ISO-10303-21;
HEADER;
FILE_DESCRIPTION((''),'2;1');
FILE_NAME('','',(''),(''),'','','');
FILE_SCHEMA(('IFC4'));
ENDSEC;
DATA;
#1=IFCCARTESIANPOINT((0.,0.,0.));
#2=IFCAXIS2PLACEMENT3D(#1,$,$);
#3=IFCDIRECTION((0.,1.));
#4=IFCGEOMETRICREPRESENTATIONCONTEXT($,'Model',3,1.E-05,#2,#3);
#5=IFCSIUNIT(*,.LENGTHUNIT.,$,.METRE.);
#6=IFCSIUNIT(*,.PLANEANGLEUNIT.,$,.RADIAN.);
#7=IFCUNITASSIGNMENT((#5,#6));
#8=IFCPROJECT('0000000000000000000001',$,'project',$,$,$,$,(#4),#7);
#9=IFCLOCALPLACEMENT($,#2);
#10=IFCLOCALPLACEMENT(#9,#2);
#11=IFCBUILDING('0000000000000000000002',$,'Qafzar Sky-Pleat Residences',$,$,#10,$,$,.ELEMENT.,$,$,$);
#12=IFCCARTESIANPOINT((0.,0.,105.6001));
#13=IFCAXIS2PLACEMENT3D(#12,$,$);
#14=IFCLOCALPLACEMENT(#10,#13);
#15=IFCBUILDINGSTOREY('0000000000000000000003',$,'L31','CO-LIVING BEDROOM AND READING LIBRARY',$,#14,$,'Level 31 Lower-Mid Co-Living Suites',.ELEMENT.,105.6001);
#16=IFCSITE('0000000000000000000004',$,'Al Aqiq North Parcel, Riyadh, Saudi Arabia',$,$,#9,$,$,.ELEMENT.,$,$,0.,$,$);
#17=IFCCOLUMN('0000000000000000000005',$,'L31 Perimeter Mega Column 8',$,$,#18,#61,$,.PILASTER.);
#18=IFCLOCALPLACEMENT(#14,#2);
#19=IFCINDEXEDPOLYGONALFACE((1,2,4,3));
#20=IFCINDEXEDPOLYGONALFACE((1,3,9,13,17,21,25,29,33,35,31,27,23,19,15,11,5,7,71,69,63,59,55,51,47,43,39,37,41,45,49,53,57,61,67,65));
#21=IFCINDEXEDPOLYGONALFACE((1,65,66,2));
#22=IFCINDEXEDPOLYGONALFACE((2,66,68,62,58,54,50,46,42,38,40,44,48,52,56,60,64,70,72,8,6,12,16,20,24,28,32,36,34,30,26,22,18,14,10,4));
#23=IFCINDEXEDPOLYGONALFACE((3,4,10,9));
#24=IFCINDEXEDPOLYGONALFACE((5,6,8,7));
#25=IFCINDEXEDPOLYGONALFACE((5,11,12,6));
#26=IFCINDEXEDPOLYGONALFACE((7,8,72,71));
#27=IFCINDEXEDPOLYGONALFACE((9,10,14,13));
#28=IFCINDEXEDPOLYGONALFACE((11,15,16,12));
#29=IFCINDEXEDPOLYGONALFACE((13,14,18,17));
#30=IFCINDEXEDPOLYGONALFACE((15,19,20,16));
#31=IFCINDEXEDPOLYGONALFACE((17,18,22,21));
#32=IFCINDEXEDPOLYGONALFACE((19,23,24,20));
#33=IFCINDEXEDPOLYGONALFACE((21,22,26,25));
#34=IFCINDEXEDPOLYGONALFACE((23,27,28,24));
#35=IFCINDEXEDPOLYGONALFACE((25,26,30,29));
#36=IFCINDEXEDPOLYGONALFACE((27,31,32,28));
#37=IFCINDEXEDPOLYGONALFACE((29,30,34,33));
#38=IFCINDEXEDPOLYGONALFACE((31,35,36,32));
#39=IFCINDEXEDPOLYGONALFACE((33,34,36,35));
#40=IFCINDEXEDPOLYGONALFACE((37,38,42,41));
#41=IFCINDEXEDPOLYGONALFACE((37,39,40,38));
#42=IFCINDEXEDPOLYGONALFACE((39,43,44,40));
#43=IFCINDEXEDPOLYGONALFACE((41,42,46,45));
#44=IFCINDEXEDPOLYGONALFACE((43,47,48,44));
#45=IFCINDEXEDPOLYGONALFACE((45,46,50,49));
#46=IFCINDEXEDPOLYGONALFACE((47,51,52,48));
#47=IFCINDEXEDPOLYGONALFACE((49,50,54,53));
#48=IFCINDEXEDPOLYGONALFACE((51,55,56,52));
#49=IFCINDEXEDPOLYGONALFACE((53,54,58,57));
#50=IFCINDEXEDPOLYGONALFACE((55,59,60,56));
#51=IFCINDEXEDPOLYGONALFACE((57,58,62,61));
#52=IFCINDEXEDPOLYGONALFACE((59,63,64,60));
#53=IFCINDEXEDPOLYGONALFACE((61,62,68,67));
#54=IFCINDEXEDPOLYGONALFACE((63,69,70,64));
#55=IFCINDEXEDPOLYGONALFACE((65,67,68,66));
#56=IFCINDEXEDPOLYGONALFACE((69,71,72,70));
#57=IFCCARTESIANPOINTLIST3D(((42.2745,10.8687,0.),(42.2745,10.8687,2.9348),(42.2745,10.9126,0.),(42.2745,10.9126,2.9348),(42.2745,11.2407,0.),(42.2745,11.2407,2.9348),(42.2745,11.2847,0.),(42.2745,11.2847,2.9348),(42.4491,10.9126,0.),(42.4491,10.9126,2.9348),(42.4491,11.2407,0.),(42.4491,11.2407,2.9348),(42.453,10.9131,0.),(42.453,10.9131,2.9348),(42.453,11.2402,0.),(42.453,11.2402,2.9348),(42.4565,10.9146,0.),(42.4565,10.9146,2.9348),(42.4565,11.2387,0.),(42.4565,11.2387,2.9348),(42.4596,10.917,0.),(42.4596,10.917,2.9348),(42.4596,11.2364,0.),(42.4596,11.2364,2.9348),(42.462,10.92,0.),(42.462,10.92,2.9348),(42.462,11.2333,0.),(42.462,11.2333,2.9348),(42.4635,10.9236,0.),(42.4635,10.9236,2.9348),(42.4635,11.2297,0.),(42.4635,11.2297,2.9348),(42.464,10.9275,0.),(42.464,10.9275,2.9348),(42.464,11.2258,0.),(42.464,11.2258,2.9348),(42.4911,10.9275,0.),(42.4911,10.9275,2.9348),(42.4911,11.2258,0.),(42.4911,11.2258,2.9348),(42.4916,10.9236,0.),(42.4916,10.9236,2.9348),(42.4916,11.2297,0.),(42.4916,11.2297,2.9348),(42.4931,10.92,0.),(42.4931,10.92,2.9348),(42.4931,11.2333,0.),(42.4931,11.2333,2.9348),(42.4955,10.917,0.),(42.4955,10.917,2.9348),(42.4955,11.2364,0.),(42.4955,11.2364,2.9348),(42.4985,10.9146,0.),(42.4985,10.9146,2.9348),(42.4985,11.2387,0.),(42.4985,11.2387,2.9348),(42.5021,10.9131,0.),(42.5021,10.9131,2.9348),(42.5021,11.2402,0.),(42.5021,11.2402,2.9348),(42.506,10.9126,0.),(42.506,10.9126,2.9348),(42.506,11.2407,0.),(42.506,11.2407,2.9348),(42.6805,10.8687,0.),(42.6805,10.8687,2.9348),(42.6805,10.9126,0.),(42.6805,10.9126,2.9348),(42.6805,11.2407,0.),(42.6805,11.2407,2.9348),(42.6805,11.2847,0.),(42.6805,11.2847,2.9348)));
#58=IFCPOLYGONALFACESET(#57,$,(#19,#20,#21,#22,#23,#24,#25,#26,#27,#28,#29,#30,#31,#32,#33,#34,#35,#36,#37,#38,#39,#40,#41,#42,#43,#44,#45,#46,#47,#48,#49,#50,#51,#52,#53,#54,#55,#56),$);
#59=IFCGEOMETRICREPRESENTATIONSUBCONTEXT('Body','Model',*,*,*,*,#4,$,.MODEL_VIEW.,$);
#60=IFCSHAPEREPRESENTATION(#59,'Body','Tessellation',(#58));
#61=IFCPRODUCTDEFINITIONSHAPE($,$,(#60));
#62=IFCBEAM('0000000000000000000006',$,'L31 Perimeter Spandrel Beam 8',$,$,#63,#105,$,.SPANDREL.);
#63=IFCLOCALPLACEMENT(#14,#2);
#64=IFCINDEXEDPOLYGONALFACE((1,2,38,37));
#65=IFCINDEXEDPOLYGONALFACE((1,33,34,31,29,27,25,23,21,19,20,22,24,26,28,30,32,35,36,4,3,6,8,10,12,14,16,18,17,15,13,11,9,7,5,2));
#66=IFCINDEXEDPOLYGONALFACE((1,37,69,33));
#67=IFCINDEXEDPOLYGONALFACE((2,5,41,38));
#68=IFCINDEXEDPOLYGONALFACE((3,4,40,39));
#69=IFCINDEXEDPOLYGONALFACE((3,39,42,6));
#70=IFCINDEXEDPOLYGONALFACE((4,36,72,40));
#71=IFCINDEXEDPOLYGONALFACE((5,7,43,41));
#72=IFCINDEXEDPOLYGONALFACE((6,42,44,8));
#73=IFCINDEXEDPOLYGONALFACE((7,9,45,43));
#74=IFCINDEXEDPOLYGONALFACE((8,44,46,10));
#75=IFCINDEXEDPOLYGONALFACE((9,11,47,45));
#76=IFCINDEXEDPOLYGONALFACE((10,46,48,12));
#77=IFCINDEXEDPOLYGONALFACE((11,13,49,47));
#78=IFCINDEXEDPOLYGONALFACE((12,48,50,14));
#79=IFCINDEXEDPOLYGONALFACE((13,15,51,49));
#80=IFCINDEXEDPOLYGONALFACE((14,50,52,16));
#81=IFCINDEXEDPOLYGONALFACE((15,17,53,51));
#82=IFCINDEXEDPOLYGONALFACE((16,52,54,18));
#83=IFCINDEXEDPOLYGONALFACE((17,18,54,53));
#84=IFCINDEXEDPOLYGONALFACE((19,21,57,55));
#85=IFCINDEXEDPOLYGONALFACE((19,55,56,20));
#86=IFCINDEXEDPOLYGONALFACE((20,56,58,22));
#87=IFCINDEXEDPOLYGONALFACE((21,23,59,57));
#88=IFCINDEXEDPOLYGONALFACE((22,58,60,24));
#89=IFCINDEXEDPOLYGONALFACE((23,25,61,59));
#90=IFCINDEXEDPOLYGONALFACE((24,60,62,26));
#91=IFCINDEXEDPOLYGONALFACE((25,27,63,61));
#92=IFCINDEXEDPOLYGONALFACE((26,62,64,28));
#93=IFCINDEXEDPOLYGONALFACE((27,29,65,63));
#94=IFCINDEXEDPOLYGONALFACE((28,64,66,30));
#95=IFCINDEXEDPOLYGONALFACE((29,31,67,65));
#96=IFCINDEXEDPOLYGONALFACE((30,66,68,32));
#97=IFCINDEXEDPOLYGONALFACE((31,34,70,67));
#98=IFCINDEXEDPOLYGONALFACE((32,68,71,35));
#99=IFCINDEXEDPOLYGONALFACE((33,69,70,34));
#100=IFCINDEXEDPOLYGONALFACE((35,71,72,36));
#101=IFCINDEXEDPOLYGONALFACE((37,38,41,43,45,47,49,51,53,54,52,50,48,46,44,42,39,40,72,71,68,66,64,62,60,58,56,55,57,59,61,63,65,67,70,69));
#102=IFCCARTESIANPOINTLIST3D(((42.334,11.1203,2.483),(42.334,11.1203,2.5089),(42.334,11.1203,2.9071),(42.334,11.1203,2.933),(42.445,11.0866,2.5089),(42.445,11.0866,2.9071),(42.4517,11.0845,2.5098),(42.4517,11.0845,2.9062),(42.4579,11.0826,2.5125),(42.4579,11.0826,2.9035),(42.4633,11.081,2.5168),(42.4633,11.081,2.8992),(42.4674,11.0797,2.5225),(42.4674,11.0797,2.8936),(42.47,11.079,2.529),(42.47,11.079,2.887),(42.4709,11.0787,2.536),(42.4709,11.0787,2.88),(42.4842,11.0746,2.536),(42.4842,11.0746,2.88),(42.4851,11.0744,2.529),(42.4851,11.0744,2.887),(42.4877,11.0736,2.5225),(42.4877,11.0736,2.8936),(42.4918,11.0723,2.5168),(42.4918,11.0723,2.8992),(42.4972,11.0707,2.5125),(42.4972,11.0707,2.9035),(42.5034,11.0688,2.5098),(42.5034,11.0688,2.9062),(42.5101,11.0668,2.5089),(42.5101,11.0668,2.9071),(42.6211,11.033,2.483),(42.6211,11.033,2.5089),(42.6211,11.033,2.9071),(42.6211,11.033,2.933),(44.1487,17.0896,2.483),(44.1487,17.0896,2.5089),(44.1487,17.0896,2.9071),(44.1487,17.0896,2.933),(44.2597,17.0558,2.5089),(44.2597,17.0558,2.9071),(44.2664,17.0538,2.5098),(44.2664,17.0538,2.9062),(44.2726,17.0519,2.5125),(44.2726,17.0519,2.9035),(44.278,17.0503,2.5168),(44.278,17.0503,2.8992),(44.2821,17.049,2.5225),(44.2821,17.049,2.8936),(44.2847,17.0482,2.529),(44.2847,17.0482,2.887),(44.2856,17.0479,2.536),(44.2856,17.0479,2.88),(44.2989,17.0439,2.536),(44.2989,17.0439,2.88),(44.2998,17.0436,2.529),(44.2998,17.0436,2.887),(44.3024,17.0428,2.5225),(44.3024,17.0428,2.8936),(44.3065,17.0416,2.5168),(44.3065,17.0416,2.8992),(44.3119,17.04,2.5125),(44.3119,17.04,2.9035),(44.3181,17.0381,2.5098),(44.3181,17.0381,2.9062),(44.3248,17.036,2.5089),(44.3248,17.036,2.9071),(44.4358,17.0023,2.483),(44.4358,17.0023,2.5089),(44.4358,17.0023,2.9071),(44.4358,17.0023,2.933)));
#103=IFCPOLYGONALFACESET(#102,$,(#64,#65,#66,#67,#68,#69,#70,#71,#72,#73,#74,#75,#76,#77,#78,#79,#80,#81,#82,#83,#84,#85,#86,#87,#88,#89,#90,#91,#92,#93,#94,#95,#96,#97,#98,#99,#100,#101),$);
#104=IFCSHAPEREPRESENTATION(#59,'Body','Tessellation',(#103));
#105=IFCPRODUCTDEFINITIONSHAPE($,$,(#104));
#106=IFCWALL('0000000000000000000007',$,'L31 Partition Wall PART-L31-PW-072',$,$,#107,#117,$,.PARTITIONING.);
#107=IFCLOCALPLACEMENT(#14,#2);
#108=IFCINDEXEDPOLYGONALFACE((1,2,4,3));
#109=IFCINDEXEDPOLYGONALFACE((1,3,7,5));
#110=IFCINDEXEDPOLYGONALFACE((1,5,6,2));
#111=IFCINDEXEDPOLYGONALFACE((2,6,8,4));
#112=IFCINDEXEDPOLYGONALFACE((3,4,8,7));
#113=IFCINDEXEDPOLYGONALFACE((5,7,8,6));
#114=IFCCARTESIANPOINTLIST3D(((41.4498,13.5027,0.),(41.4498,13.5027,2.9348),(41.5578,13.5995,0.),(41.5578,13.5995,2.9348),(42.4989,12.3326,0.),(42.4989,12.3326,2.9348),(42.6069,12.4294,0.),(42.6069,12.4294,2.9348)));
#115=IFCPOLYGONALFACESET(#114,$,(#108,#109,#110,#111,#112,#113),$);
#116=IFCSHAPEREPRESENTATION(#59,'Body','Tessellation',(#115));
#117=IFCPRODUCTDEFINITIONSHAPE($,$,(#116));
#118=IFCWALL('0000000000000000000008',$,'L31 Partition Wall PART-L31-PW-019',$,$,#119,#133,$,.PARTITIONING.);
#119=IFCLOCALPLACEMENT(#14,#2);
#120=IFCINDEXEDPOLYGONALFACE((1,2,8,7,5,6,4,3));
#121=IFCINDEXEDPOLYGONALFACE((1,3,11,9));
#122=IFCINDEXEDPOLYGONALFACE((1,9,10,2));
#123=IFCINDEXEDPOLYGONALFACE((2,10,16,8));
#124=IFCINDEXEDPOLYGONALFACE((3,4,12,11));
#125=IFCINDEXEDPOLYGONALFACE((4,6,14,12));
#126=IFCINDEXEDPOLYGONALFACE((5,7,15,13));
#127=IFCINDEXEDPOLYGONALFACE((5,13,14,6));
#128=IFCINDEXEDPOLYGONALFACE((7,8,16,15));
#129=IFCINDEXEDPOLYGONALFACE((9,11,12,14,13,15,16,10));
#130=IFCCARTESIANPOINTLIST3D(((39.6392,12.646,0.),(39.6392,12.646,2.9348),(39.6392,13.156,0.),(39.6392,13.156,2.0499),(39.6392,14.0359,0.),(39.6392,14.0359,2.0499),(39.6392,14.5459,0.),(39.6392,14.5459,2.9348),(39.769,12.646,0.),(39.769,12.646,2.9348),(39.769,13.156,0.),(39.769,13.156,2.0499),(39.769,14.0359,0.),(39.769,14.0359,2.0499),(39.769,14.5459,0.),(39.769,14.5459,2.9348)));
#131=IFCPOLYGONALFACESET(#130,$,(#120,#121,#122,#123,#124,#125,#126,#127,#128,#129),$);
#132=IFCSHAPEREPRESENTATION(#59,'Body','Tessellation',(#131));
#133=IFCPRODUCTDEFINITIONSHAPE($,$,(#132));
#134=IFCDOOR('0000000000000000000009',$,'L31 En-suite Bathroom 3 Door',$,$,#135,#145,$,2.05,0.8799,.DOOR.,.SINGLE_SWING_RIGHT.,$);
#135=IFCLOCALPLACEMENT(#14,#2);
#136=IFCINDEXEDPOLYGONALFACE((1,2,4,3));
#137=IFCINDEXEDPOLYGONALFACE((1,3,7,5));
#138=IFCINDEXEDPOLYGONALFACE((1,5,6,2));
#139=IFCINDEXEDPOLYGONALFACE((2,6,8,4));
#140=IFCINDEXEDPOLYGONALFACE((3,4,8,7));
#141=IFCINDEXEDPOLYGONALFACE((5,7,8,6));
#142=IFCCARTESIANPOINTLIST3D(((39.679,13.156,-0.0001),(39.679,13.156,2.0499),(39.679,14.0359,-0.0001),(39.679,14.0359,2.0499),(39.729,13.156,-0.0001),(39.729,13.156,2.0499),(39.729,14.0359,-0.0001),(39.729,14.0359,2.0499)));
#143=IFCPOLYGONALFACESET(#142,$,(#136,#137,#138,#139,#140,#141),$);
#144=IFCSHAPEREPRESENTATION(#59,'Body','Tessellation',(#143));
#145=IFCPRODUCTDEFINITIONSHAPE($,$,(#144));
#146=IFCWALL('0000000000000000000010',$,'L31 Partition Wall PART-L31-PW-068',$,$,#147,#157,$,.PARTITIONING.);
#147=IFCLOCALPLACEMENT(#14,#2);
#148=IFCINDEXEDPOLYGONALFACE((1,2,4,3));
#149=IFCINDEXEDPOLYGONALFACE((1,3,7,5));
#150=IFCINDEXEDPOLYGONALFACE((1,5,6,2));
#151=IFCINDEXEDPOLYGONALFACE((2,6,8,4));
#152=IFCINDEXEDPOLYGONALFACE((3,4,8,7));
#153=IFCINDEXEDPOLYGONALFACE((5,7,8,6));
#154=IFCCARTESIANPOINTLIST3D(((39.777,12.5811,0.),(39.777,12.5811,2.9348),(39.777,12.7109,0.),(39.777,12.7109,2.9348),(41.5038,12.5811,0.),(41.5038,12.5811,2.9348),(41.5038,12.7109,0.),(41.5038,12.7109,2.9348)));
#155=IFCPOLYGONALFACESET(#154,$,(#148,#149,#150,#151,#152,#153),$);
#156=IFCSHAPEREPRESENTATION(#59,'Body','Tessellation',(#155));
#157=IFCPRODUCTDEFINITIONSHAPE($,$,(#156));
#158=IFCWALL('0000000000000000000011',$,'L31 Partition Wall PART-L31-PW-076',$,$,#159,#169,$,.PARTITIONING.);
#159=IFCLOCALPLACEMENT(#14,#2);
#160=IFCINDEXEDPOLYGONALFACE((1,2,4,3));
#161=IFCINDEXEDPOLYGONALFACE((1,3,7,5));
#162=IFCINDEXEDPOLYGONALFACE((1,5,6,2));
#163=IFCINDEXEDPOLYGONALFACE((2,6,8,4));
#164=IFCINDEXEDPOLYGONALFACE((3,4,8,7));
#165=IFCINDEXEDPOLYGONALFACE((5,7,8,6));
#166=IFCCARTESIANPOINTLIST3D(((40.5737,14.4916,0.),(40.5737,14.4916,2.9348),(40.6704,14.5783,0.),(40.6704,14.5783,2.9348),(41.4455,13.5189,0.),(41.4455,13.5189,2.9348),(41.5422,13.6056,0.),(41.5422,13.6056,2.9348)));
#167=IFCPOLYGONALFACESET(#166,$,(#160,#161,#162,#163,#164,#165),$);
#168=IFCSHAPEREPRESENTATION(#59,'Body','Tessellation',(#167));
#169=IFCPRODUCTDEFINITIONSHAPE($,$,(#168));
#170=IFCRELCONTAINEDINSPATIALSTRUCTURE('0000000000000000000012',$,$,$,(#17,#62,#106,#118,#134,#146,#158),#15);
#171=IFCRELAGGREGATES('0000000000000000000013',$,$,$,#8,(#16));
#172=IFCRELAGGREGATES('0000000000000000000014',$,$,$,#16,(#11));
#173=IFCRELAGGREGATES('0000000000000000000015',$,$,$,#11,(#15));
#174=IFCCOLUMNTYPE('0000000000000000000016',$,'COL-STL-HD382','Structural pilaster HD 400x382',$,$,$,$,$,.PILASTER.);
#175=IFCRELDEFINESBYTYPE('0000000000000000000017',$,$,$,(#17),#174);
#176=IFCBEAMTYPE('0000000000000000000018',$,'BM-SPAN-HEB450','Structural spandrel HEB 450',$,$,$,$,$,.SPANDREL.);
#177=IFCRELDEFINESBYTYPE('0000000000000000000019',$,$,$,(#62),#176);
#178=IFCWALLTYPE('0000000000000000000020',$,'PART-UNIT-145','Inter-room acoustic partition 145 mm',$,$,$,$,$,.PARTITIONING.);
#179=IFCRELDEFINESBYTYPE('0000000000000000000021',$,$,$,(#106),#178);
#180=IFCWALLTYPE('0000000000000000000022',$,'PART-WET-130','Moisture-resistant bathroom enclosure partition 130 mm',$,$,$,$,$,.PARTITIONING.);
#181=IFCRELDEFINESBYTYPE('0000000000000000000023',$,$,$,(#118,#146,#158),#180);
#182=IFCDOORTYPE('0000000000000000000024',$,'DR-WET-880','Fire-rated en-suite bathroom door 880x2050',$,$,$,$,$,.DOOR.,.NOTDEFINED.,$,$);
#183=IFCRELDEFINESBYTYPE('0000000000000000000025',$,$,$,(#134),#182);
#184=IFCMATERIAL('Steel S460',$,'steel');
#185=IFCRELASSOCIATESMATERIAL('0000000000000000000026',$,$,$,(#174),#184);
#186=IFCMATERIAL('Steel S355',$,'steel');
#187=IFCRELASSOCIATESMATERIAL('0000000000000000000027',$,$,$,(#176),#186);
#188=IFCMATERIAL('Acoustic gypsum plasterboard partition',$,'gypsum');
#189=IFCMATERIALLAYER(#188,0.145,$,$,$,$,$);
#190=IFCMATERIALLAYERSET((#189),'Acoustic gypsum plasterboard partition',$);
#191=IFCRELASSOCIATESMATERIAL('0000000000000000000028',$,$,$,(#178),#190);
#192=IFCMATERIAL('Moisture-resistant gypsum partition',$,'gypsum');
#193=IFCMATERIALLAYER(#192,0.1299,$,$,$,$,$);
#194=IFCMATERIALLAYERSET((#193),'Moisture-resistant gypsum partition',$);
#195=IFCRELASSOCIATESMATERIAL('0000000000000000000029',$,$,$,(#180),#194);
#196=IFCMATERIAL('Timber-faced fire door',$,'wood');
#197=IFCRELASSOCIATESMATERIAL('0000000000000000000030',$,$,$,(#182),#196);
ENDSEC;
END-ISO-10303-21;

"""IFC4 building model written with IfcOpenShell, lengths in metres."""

from ifc_helpers import new_model, si_unit, direction, frame, frame_2d, origin, origin_2d, place, context, subcontext, project, spatial, rectangle, i_section, extrude, source, transform, mapped, material, layer, layer_set, material_profile, profile_set, type_object, element, fill, save


model = new_model("IFC4")

# Units and contexts
model_context = context("Model", 3, precision=1e-05, world=origin(), true_north=direction((0.0, 1.0)))
body_context = subcontext(model_context, "Body", "Model", "MODEL_VIEW")
ifc_project = project(units=[si_unit("LENGTHUNIT", "METRE"), si_unit("PLANEANGLEUNIT", "RADIAN")], contexts=[model_context])

# Site, building, storey
site_placement = place(None, origin())
site = spatial("IfcSite", under=ifc_project, at=site_placement, Name="Al Aqiq North Parcel, Riyadh, Saudi Arabia", CompositionType="ELEMENT", RefElevation=0.0)
building_placement = place(site_placement, origin())
building = spatial("IfcBuilding", under=site, at=building_placement, Name="Qafzar Sky-Pleat Residences", CompositionType="ELEMENT")
storey_placement = place(building_placement, frame((0.0, 0.0, 105.6001)))
storey = spatial("IfcBuildingStorey", under=building, at=storey_placement, Name="L31", Description="CO-LIVING BEDROOM AND READING LIBRARY", LongName="Level 31 Lower-Mid Co-Living Suites", CompositionType="ELEMENT", Elevation=105.6001)

# Column
ifc_material_1 = material(Name="Steel S460", Category="steel")
ifc_material_profile_1 = material_profile(ifc_material_1, i_section(OverallWidth=0.406, OverallDepth=0.416, WebThickness=0.0271, FlangeThickness=0.0439, FilletRadius=0.0149, at=origin_2d()), Name="HD 400x382")
ifc_profile_set_1 = profile_set([ifc_material_profile_1], Name="Steel S460")
column_type = type_object("IfcColumnType", Name="COL-STL-HD382", Description="Structural pilaster HD 400x382", PredefinedType="PILASTER", material=ifc_profile_set_1)
shared_shape_1 = source(origin(), body_context, "Body", "SweptSolid", [
    extrude(i_section(OverallWidth=0.406, OverallDepth=0.416, WebThickness=0.0271, FlangeThickness=0.0439, FilletRadius=0.0149, at=origin_2d()), origin(), (0.0, 0.0, 1.0), 2.9348),
])
column_placement = place(storey_placement, frame((42.4775, 11.0767, 0.0), z_axis=(0.0, 0.0, 1.0), x_axis=(1.0, 0.0, 0.0)))
element("IfcColumn", 1, at=column_placement, inside=storey, type_object=column_type, Name="L31 Perimeter Mega Column 8", PredefinedType="PILASTER", context=body_context, shape_type="MappedRepresentation", body=[
    mapped(shared_shape_1, transform((0.0, 0.0, 0.0), x_axis=(1.0, 0.0, 0.0), y_axis=(0.0, 1.0, 0.0), z_axis=(0.0, 0.0, 1.0), scale=1.0)),
])

# Beam
ifc_material_2 = material(Name="Steel S355", Category="steel")
ifc_material_profile_2 = material_profile(ifc_material_2, i_section(OverallWidth=0.3, OverallDepth=0.45, WebThickness=0.0139, FlangeThickness=0.0259, FilletRadius=0.0271, at=origin_2d()), Name="HEB 450")
ifc_profile_set_2 = profile_set([ifc_material_profile_2], Name="Steel S355")
beam_type = type_object("IfcBeamType", Name="BM-SPAN-HEB450", Description="Structural spandrel HEB 450", PredefinedType="SPANDREL", material=ifc_profile_set_2)
shared_shape_2 = source(origin(), body_context, "Body", "SweptSolid", [
    extrude(i_section(OverallWidth=0.3, OverallDepth=0.45, WebThickness=0.0139, FlangeThickness=0.0259, FilletRadius=0.0271, at=origin_2d()), origin(), (0.0, 0.0, 1.0), 6.239),
])
beam_placement = place(storey_placement, frame((42.4775, 11.0767, 2.708), z_axis=(0.290864, 0.956764, 0.0), x_axis=(-0.956764, 0.290864, 0.0)))
element("IfcBeam", 2, at=beam_placement, inside=storey, type_object=beam_type, Name="L31 Perimeter Spandrel Beam 8", PredefinedType="SPANDREL", context=body_context, shape_type="MappedRepresentation", body=[
    mapped(shared_shape_2, transform((0.0, 0.0, 0.0), x_axis=(1.0, 0.0, 0.0), y_axis=(0.0, 1.0, 0.0), z_axis=(0.0, 0.0, 1.0), scale=1.0)),
])

# Wall
ifc_material_3 = material(Name="Acoustic gypsum plasterboard partition", Category="gypsum")
ifc_layer_1 = layer(ifc_material_3, 0.145)
ifc_layer_set_1 = layer_set([ifc_layer_1], Name="Acoustic gypsum plasterboard partition")
wall_type_1 = type_object("IfcWallType", Name="PART-UNIT-145", Description="Inter-room acoustic partition 145 mm", PredefinedType="PARTITIONING", material=ifc_layer_set_1)
wall_1_placement = place(storey_placement, frame((41.5039, 13.551, 0.0), z_axis=(0.0, 0.0, 1.0), x_axis=(0.66753, -0.744583, 0.0)))
element("IfcWall", 3, at=wall_1_placement, inside=storey, type_object=wall_type_1, Name="L31 Partition Wall PART-L31-PW-072", PredefinedType="PARTITIONING", context=body_context, shape_type="SweptSolid", body=[
    extrude(rectangle(XDim=1.5715, YDim=0.145, at=frame_2d((0.7856, 0.0))), origin(), (0.0, 0.0, 1.0), 2.9348),
])

# Wall, opening, door
ifc_material_4 = material(Name="Moisture-resistant gypsum partition", Category="gypsum")
ifc_layer_2 = layer(ifc_material_4, 0.1299)
ifc_layer_set_2 = layer_set([ifc_layer_2], Name="Moisture-resistant gypsum partition")
wall_type_2 = type_object("IfcWallType", Name="PART-WET-130", Description="Moisture-resistant bathroom enclosure partition 130 mm", PredefinedType="PARTITIONING", material=ifc_layer_set_2)
wall_2_placement = place(storey_placement, frame((39.7041, 14.5459, 0.0), z_axis=(0.0, 0.0, 1.0), x_axis=(0.0, -1.0, 0.0)))
wall_2 = element("IfcWall", 4, at=wall_2_placement, inside=storey, type_object=wall_type_2, Name="L31 Partition Wall PART-L31-PW-019", PredefinedType="PARTITIONING", context=body_context, shape_type="SweptSolid", body=[
    extrude(rectangle(XDim=1.8999, YDim=0.1299, at=frame_2d((0.95, 0.0))), origin(), (0.0, 0.0, 1.0), 2.9348),
])
opening_1_placement = place(wall_2_placement, frame((0.51, 0.0, 0.0)))
opening_1 = element("IfcOpeningElement", 5, at=opening_1_placement, cuts=wall_2, PredefinedType="OPENING", context=body_context, shape_type="SweptSolid", body=[
    extrude(rectangle(XDim=0.8799, YDim=2.05, at=frame_2d((0.4399, 1.0249))), frame((0.0, 0.075, 0.0), z_axis=(0.0, -1.0, 0.0), x_axis=(1.0, 0.0, 0.0)), (0.0, 0.0, 1.0), 0.1499),
])
ifc_material_5 = material(Name="Timber-faced fire door", Category="wood")
door_type_1 = type_object("IfcDoorType", Name="DR-WET-880", Description="Fire-rated en-suite bathroom door 880x2050", OperationType="NOTDEFINED", PredefinedType="DOOR", material=ifc_material_5)
shared_shape_3 = source(origin(), body_context, "Body", "SweptSolid", [
    extrude(rectangle(XDim=0.8799, YDim=2.05, at=frame_2d((0.4399, 1.0249))), frame((0.0, 0.0249, 0.0), z_axis=(0.0, -1.0, 0.0), x_axis=(1.0, 0.0, 0.0)), (0.0, 0.0, 1.0), 0.05),
])
door_1_placement = place(opening_1_placement, origin())
door_1 = element("IfcDoor", 6, at=door_1_placement, inside=storey, type_object=door_type_1, Name="L31 En-suite Bathroom 3 Door", OperationType="SINGLE_SWING_RIGHT", OverallHeight=2.05, OverallWidth=0.8799, PredefinedType="DOOR", context=body_context, shape_type="MappedRepresentation", body=[
    mapped(shared_shape_3, transform((0.0, 0.0, 0.0), x_axis=(1.0, 0.0, 0.0), y_axis=(0.0, 1.0, 0.0), z_axis=(0.0, 0.0, 1.0), scale=1.0)),
])
fill(opening_1, door_1)

# Walls
wall_3_placement = place(storey_placement, frame((39.7771, 12.646, 0.0), z_axis=(0.0, 0.0, 1.0), x_axis=(1.0, 0.0, 0.0)))
element("IfcWall", 7, at=wall_3_placement, inside=storey, type_object=wall_type_2, Name="L31 Partition Wall PART-L31-PW-068", PredefinedType="PARTITIONING", context=body_context, shape_type="SweptSolid", body=[
    extrude(rectangle(XDim=1.7268, YDim=0.1299, at=frame_2d((0.8633, 0.0))), origin(), (0.0, 0.0, 1.0), 2.9348),
])
wall_4_placement = place(storey_placement, frame((40.6221, 14.5349, 0.0), z_axis=(0.0, 0.0, 1.0), x_axis=(0.667456, -0.74465, 0.0)))
element("IfcWall", 8, at=wall_4_placement, inside=storey, type_object=wall_type_2, Name="L31 Partition Wall PART-L31-PW-076", PredefinedType="PARTITIONING", context=body_context, shape_type="SweptSolid", body=[
    extrude(rectangle(XDim=1.3062, YDim=0.1299, at=frame_2d((0.6531, 0.0))), origin(), (0.0, 0.0, 1.0), 2.9348),
])

save(model, "model.ifc")
